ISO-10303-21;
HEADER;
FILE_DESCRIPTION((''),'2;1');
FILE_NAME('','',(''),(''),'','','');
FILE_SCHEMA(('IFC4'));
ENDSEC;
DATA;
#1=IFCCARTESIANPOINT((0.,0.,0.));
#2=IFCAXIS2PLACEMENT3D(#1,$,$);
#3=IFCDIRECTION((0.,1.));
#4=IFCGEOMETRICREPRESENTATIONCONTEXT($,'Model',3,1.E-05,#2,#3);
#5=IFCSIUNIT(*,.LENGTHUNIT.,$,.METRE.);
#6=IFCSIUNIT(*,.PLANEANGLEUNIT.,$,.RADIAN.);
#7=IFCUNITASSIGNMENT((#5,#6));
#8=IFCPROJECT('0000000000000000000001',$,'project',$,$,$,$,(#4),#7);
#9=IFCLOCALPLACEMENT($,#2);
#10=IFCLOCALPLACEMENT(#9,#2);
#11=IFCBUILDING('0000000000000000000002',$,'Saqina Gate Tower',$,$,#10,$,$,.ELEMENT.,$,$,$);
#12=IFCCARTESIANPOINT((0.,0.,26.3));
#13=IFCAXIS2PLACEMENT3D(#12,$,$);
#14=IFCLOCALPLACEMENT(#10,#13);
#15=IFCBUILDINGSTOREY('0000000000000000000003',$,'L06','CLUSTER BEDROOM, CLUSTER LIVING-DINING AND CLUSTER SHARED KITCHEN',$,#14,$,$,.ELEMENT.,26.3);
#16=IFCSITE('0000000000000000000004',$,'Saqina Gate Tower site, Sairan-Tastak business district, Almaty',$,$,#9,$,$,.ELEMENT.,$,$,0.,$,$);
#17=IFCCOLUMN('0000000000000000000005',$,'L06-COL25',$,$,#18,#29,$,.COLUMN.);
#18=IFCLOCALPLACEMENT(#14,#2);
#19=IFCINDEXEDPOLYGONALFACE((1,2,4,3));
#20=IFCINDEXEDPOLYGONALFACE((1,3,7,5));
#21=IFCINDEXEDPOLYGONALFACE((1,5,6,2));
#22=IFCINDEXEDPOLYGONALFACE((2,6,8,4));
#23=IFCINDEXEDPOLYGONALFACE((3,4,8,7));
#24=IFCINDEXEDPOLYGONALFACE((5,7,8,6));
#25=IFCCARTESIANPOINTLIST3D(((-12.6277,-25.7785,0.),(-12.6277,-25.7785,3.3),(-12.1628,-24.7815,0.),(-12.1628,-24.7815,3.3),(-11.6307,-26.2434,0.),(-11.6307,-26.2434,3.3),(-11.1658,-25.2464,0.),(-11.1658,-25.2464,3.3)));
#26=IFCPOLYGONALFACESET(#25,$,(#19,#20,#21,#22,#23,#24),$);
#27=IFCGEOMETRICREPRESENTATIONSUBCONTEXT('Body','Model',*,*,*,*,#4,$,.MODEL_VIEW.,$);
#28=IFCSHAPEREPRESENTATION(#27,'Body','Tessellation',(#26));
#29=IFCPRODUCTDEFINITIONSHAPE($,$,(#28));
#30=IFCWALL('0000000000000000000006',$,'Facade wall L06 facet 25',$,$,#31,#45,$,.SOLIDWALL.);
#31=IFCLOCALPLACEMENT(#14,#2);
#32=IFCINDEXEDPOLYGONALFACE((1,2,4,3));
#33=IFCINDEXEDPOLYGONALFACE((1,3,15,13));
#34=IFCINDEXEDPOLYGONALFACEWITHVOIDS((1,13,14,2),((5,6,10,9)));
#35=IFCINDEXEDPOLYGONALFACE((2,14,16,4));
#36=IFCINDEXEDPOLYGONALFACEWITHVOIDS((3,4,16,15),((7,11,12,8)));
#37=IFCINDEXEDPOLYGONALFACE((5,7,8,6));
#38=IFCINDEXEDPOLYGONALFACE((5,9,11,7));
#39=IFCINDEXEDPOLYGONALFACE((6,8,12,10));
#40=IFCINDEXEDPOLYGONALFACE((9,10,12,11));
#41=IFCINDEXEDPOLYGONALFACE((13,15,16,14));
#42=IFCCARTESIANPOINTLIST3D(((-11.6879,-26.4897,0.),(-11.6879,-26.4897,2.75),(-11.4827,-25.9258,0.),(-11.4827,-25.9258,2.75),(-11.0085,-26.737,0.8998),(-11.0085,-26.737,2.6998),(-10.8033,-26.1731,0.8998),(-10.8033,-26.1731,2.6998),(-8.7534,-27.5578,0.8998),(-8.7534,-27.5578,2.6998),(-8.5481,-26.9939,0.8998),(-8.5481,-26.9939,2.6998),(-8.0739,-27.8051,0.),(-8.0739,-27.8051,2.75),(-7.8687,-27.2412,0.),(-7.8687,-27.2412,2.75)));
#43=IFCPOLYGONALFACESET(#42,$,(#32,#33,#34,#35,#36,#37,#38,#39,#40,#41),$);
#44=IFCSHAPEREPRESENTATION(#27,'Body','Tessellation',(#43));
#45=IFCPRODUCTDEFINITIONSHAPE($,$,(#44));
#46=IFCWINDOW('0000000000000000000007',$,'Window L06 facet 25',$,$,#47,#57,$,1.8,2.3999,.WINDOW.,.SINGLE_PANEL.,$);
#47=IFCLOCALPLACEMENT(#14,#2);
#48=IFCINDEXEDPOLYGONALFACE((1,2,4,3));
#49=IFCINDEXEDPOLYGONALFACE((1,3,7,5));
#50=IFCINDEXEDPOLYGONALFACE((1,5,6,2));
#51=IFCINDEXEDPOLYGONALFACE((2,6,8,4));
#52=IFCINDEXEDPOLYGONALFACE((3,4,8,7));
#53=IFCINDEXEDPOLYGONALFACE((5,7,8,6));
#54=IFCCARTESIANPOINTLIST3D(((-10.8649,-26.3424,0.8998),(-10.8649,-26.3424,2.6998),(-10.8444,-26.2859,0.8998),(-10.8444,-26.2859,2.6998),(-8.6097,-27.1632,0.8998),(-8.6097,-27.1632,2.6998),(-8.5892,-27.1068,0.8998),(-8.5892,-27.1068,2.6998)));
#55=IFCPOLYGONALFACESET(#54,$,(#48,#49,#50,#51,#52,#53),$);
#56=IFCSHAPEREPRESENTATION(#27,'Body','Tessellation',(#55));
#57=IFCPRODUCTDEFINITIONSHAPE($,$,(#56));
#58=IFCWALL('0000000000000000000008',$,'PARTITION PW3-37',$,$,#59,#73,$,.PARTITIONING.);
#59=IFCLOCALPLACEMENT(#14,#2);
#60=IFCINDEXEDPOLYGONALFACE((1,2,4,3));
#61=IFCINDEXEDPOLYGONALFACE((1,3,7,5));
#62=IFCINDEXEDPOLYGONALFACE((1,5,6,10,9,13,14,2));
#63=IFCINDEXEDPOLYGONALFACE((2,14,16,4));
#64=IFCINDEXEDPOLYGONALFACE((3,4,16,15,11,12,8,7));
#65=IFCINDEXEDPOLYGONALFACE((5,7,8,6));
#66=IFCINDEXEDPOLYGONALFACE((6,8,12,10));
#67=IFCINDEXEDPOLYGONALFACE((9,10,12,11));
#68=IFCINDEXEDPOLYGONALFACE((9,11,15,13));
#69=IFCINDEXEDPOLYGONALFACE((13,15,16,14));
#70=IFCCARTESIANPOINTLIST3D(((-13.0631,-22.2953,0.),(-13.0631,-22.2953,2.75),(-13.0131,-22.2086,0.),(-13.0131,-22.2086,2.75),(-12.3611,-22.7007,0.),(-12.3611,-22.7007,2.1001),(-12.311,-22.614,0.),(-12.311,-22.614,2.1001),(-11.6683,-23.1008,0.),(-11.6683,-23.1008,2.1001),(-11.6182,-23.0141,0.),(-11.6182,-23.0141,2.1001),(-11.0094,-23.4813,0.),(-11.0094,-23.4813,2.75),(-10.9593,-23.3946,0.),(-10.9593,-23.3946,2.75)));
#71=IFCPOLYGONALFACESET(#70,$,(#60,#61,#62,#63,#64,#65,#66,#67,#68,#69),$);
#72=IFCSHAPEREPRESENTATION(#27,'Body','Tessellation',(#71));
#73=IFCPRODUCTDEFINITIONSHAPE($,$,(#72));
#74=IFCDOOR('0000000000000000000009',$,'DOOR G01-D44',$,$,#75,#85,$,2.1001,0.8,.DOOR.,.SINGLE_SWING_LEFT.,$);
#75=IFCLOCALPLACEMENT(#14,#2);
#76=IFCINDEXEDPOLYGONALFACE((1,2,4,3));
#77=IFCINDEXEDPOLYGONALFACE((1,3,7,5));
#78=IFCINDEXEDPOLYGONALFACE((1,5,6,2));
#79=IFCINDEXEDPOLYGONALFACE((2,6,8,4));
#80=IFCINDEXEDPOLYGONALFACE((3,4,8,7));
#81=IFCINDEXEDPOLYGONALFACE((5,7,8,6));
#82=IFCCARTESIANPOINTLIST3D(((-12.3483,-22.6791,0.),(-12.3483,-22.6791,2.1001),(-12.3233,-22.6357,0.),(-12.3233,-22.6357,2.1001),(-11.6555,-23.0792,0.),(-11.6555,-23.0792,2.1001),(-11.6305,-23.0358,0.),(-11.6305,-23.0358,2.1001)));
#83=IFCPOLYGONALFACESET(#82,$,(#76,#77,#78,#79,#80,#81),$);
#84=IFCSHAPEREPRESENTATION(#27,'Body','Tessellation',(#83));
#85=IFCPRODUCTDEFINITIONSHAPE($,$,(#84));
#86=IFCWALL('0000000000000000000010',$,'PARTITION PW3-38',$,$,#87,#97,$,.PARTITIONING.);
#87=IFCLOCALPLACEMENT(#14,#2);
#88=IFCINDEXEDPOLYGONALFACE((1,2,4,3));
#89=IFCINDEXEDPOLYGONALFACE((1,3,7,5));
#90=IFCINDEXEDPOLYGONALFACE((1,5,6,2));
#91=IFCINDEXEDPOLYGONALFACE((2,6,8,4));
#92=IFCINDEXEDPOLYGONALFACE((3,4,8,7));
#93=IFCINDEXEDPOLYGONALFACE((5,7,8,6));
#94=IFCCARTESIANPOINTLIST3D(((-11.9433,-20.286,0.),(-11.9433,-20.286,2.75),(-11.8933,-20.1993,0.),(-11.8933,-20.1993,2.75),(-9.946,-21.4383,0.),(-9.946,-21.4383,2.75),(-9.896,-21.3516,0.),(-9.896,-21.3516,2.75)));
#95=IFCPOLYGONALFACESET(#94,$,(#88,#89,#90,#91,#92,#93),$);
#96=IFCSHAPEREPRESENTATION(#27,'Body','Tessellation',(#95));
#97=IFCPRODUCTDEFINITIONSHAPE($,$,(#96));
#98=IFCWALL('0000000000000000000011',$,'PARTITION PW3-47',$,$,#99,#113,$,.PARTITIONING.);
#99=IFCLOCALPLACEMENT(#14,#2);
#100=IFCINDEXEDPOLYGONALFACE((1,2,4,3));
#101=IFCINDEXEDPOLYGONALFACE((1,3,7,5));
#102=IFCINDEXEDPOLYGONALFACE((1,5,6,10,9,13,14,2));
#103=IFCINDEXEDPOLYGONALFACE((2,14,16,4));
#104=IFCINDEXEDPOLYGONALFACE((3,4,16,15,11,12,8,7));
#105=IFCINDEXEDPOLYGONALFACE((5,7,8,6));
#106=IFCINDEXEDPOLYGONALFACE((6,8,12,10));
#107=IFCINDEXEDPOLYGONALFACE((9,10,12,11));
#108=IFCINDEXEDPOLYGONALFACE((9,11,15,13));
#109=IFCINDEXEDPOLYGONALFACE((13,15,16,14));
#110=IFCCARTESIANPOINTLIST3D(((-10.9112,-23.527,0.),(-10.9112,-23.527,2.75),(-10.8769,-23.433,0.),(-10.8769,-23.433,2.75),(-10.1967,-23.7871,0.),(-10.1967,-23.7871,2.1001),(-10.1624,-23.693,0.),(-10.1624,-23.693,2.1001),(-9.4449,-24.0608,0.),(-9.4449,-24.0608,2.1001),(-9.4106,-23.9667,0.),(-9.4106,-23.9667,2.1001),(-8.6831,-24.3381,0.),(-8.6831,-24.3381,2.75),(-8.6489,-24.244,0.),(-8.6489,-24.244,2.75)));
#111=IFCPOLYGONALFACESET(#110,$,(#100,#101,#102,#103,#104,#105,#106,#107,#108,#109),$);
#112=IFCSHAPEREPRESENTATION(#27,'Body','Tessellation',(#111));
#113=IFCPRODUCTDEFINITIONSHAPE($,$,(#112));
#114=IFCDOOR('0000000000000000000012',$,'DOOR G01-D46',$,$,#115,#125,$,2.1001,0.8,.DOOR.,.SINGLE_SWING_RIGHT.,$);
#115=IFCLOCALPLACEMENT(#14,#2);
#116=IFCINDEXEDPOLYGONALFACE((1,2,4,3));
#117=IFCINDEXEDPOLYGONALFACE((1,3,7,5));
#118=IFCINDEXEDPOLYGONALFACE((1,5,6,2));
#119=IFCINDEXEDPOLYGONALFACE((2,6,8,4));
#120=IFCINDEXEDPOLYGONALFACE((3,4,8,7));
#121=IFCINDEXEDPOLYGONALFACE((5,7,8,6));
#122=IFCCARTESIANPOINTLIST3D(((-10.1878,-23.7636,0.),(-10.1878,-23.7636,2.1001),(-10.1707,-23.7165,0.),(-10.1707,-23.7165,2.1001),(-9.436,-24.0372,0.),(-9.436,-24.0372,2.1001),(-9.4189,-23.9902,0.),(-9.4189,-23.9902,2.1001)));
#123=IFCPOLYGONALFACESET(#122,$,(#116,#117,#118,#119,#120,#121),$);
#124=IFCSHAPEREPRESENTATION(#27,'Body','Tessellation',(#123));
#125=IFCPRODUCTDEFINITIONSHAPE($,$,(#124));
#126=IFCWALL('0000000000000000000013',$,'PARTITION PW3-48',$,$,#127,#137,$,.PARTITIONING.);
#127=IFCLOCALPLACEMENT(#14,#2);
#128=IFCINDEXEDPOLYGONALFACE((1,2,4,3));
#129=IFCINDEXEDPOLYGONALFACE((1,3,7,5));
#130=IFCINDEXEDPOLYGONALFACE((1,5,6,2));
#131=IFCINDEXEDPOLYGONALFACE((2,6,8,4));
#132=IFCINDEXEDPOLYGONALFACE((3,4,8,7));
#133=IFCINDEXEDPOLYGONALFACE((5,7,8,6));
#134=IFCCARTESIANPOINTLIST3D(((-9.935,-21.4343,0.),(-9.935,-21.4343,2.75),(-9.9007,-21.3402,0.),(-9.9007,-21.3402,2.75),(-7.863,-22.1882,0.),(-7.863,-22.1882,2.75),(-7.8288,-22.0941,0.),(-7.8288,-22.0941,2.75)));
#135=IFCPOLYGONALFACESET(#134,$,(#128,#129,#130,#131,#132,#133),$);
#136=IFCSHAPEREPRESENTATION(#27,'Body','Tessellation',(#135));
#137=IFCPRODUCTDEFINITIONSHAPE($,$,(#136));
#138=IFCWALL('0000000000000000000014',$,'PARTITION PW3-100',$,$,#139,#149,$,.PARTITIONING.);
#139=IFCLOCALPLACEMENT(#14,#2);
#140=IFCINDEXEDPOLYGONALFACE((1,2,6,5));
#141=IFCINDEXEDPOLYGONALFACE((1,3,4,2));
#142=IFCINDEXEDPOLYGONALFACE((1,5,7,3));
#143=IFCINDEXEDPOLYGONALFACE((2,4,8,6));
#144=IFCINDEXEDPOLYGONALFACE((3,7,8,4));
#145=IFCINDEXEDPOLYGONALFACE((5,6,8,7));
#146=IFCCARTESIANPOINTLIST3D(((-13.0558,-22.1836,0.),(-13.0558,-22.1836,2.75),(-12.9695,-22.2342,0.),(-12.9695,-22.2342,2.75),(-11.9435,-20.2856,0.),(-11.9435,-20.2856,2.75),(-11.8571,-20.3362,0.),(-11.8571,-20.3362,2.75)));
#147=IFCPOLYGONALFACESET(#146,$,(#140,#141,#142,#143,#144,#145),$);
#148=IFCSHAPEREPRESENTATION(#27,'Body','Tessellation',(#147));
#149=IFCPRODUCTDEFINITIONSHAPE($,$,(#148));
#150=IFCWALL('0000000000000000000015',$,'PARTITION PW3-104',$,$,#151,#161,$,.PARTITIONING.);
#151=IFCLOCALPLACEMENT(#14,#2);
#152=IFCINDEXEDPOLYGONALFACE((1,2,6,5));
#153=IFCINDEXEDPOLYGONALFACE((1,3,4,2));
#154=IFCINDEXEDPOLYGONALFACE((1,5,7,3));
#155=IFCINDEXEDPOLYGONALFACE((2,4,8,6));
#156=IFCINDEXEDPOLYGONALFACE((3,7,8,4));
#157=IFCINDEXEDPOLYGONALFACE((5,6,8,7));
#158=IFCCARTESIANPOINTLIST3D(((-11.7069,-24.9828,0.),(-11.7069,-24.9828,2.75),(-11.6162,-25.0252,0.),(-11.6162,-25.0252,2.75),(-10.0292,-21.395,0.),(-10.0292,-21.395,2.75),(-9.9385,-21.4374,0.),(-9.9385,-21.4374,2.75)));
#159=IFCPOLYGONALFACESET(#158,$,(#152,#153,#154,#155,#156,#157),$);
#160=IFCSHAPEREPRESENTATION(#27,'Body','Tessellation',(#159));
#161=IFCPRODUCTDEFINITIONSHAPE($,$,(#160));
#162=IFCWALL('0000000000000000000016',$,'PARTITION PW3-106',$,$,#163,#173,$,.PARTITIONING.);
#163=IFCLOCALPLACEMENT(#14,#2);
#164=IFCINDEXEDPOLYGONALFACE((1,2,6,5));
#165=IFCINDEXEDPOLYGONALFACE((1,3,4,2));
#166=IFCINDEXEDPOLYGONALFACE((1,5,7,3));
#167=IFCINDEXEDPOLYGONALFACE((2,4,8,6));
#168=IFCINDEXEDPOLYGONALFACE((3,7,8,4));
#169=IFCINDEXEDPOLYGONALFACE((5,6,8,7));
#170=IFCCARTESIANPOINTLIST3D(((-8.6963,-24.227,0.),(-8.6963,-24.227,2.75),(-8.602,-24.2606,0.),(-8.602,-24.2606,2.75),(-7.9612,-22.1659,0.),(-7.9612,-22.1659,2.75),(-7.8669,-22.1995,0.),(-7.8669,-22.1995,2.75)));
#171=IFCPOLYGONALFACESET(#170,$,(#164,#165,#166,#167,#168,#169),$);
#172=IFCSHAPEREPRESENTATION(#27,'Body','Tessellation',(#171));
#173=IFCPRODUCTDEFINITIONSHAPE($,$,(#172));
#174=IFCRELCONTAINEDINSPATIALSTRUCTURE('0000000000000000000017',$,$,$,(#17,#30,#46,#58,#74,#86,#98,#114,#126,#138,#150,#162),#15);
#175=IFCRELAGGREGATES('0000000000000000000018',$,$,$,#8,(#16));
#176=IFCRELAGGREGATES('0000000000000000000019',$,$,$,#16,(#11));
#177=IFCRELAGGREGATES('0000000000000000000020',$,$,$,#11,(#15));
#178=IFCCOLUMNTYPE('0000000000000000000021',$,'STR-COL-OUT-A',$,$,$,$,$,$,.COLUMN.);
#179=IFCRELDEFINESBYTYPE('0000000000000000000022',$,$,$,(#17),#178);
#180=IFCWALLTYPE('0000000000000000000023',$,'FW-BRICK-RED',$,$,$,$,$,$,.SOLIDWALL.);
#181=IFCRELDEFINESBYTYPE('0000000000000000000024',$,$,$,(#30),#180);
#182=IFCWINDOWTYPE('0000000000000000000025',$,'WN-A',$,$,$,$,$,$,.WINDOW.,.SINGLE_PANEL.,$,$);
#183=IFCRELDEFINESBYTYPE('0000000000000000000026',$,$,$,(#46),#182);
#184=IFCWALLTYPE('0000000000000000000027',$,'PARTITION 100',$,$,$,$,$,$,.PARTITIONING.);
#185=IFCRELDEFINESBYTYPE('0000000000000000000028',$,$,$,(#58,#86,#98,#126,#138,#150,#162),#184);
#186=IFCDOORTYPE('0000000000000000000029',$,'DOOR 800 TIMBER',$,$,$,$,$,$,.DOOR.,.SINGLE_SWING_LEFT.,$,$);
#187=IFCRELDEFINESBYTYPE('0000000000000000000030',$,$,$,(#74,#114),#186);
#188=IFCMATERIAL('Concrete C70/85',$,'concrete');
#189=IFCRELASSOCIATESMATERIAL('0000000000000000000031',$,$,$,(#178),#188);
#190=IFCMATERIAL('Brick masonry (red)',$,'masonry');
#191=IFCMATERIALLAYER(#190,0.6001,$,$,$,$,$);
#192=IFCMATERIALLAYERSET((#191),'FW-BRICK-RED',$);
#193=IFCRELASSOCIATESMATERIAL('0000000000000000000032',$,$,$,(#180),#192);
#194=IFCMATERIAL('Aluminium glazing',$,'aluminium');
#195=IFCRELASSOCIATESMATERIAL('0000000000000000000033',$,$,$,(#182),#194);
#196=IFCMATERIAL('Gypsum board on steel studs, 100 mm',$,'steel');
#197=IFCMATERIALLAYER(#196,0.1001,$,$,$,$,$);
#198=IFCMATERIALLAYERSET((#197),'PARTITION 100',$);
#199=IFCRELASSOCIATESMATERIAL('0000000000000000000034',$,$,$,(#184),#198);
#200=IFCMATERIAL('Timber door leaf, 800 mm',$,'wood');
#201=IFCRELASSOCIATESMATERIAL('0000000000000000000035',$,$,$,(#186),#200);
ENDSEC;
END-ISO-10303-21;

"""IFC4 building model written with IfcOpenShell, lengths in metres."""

from ifc_helpers import new_model, si_unit, direction, frame, frame_2d, origin, origin_2d, place, context, subcontext, project, spatial, rectangle, extrude, material, layer, layer_set, material_profile, profile_set, type_object, element, fill, save


model = new_model("IFC4")

# Units and contexts
model_context = context("Model", 3, precision=1e-05, world=origin(), true_north=direction((0.0, 1.0)))
body_context = subcontext(model_context, "Body", "Model", "MODEL_VIEW")
ifc_project = project(units=[si_unit("LENGTHUNIT", "METRE"), si_unit("PLANEANGLEUNIT", "RADIAN")], contexts=[model_context])

# Site, building, storey
site_placement = place(None, origin())
site = spatial("IfcSite", under=ifc_project, at=site_placement, Name="Saqina Gate Tower site, Sairan-Tastak business district, Almaty", CompositionType="ELEMENT", RefElevation=0.0)
building_placement = place(site_placement, origin())
building = spatial("IfcBuilding", under=site, at=building_placement, Name="Saqina Gate Tower", CompositionType="ELEMENT")
storey_placement = place(building_placement, frame((0.0, 0.0, 26.3)))
storey = spatial("IfcBuildingStorey", under=building, at=storey_placement, Name="L06", Description="CLUSTER BEDROOM, CLUSTER LIVING-DINING AND CLUSTER SHARED KITCHEN", CompositionType="ELEMENT", Elevation=26.3)

# Column
ifc_material_1 = material(Name="Concrete C70/85", Category="concrete")
ifc_material_profile = material_profile(ifc_material_1, rectangle(XDim=1.1001, YDim=1.1001, at=origin_2d()), Name="RC 1100x1100")
ifc_profile_set = profile_set([ifc_material_profile], Name="Concrete C70/85")
column_type = type_object("IfcColumnType", Name="STR-COL-OUT-A", PredefinedType="COLUMN", material=ifc_profile_set)
column_placement = place(storey_placement, frame((-11.8967, -25.5125, 0.0), z_axis=(0.0, 0.0, 1.0), x_axis=(-0.422618, -0.906308, 0.0)))
element("IfcColumn", 1, at=column_placement, inside=storey, type_object=column_type, Name="L06-COL25", PredefinedType="COLUMN", context=body_context, shape_type="SweptSolid", body=[
    extrude(rectangle(XDim=1.1001, YDim=1.1001, at=origin_2d()), origin(), (0.0, 0.0, 1.0), 3.3),
])

# Wall, opening, window
ifc_material_2 = material(Name="Brick masonry (red)", Category="masonry")
ifc_layer_1 = layer(ifc_material_2, 0.6001)
ifc_layer_set_1 = layer_set([ifc_layer_1], Name="FW-BRICK-RED")
wall_type_1 = type_object("IfcWallType", Name="FW-BRICK-RED", PredefinedType="SOLIDWALL", material=ifc_layer_set_1)
wall_1_placement = place(storey_placement, frame((-11.5852, -26.2078, 0.0), z_axis=(0.0, 0.0, 1.0), x_axis=(0.93969, -0.342028, 0.0)))
wall_1 = element("IfcWall", 2, at=wall_1_placement, inside=storey, type_object=wall_type_1, Name="Facade wall L06 facet 25", PredefinedType="SOLIDWALL", context=body_context, shape_type="SweptSolid", body=[
    extrude(rectangle(XDim=3.8459, YDim=0.6001, at=frame_2d((1.9229, 0.0))), origin(), (0.0, 0.0, 1.0), 2.75),
])
opening_1_placement = place(wall_1_placement, frame((0.7229, 0.0, 0.8999)))
opening_1 = element("IfcOpeningElement", 3, at=opening_1_placement, cuts=wall_1, PredefinedType="OPENING", context=body_context, shape_type="SweptSolid", body=[
    extrude(rectangle(XDim=2.3999, YDim=1.8, at=frame_2d((1.2, 0.8999))), frame((0.0, 0.312, 0.0), z_axis=(0.0, -1.0, 0.0), x_axis=(1.0, 0.0, 0.0)), (0.0, 0.0, 1.0), 0.624),
])
ifc_material_3 = material(Name="Aluminium glazing", Category="aluminium")
window_type = type_object("IfcWindowType", Name="WN-A", PartitioningType="SINGLE_PANEL", PredefinedType="WINDOW", material=ifc_material_3)
window_placement = place(opening_1_placement, origin())
window = element("IfcWindow", 4, at=window_placement, inside=storey, type_object=window_type, Name="Window L06 facet 25", OverallHeight=1.8, OverallWidth=2.3999, PartitioningType="SINGLE_PANEL", PredefinedType="WINDOW", context=body_context, shape_type="SweptSolid", body=[
    extrude(rectangle(XDim=2.3999, YDim=1.8, at=frame_2d((1.2, 0.8999))), frame((0.0, 0.1799, 0.0), z_axis=(0.0, -1.0, 0.0), x_axis=(1.0, 0.0, 0.0)), (0.0, 0.0, 1.0), 0.0601),
])
fill(opening_1, window)

# Wall, opening, door
ifc_material_4 = material(Name="Gypsum board on steel studs, 100 mm", Category="steel")
ifc_layer_2 = layer(ifc_material_4, 0.1001)
ifc_layer_set_2 = layer_set([ifc_layer_2], Name="PARTITION 100")
wall_type_2 = type_object("IfcWallType", Name="PARTITION 100", PredefinedType="PARTITIONING", material=ifc_layer_set_2)
wall_2_placement = place(storey_placement, frame((-13.0381, -22.252, 0.0), z_axis=(0.0, 0.0, 1.0), x_axis=(0.865966, -0.500103, 0.0)))
wall_2 = element("IfcWall", 5, at=wall_2_placement, inside=storey, type_object=wall_type_2, Name="PARTITION PW3-37", PredefinedType="PARTITIONING", context=body_context, shape_type="SweptSolid", body=[
    extrude(rectangle(XDim=2.3716, YDim=0.1001, at=frame_2d((1.1858, 0.0))), origin(), (0.0, 0.0, 1.0), 2.75),
])
opening_2_placement = place(wall_2_placement, frame((0.8108, 0.0, 0.0)))
opening_2 = element("IfcOpeningElement", 6, at=opening_2_placement, cuts=wall_2, PredefinedType="OPENING", context=body_context, shape_type="SweptSolid", body=[
    extrude(rectangle(XDim=0.8, YDim=2.1001, at=frame_2d((0.3999, 1.05))), frame((0.0, 0.062, 0.0), z_axis=(0.0, -1.0, 0.0), x_axis=(1.0, 0.0, 0.0)), (0.0, 0.0, 1.0), 0.124),
])
ifc_material_5 = material(Name="Timber door leaf, 800 mm", Category="wood")
door_type_1 = type_object("IfcDoorType", Name="DOOR 800 TIMBER", OperationType="SINGLE_SWING_LEFT", PredefinedType="DOOR", material=ifc_material_5)
door_1_placement = place(opening_2_placement, frame((0.8, 0.0, 0.0), z_axis=(0.0, 0.0, 1.0), x_axis=(-1.0, 0.0, 0.0)))
door_1 = element("IfcDoor", 7, at=door_1_placement, inside=storey, type_object=door_type_1, Name="DOOR G01-D44", OperationType="SINGLE_SWING_LEFT", OverallHeight=2.1001, OverallWidth=0.8, PredefinedType="DOOR", context=body_context, shape_type="SweptSolid", body=[
    extrude(rectangle(XDim=0.8, YDim=2.1001, at=frame_2d((0.3999, 1.05))), frame((0.0, 0.0249, 0.0), z_axis=(0.0, -1.0, 0.0), x_axis=(1.0, 0.0, 0.0)), (0.0, 0.0, 1.0), 0.05),
])
fill(opening_2, door_1)

# Wall
wall_3_placement = place(storey_placement, frame((-11.9182, -20.2427, 0.0), z_axis=(0.0, 0.0, 1.0), x_axis=(0.866177, -0.499738, 0.0)))
element("IfcWall", 8, at=wall_3_placement, inside=storey, type_object=wall_type_2, Name="PARTITION PW3-38", PredefinedType="PARTITIONING", context=body_context, shape_type="SweptSolid", body=[
    extrude(rectangle(XDim=2.3059, YDim=0.1001, at=frame_2d((1.1528, 0.0))), origin(), (0.0, 0.0, 1.0), 2.75),
])

# Wall, opening, door
wall_4_placement = place(storey_placement, frame((-10.894, -23.48, 0.0), z_axis=(0.0, 0.0, 1.0), x_axis=(0.939679, -0.342057, 0.0)))
wall_4 = element("IfcWall", 9, at=wall_4_placement, inside=storey, type_object=wall_type_2, Name="PARTITION PW3-47", PredefinedType="PARTITIONING", context=body_context, shape_type="SweptSolid", body=[
    extrude(rectangle(XDim=2.3711, YDim=0.1001, at=frame_2d((1.1855, 0.0))), origin(), (0.0, 0.0, 1.0), 2.75),
])
opening_3_placement = place(wall_4_placement, frame((0.7605, 0.0, 0.0)))
opening_3 = element("IfcOpeningElement", 10, at=opening_3_placement, cuts=wall_4, PredefinedType="OPENING", context=body_context, shape_type="SweptSolid", body=[
    extrude(rectangle(XDim=0.8, YDim=2.1001, at=frame_2d((0.3999, 1.05))), frame((0.0, 0.062, 0.0), z_axis=(0.0, -1.0, 0.0), x_axis=(1.0, 0.0, 0.0)), (0.0, 0.0, 1.0), 0.124),
])
door_2_placement = place(opening_3_placement, frame((0.8, 0.0, 0.0), z_axis=(0.0, 0.0, 1.0), x_axis=(-1.0, 0.0, 0.0)))
door_2 = element("IfcDoor", 11, at=door_2_placement, inside=storey, type_object=door_type_1, Name="DOOR G01-D46", OperationType="SINGLE_SWING_RIGHT", OverallHeight=2.1001, OverallWidth=0.8, PredefinedType="DOOR", context=body_context, shape_type="SweptSolid", body=[
    extrude(rectangle(XDim=0.8, YDim=2.1001, at=frame_2d((0.3999, 1.05))), frame((0.0, 0.0249, 0.0), z_axis=(0.0, -1.0, 0.0), x_axis=(1.0, 0.0, 0.0)), (0.0, 0.0, 1.0), 0.05),
])
fill(opening_3, door_2)

# Walls
wall_5_placement = place(storey_placement, frame((-9.918, -21.3872, 0.0), z_axis=(0.0, 0.0, 1.0), x_axis=(0.939729, -0.341921, 0.0)))
element("IfcWall", 12, at=wall_5_placement, inside=storey, type_object=wall_type_2, Name="PARTITION PW3-48", PredefinedType="PARTITIONING", context=body_context, shape_type="SweptSolid", body=[
    extrude(rectangle(XDim=2.2048, YDim=0.1001, at=frame_2d((1.1025, 0.0))), origin(), (0.0, 0.0, 1.0), 2.75),
])
wall_6_placement = place(storey_placement, frame((-13.0127, -22.209, 0.0), z_axis=(0.0, 0.0, 1.0), x_axis=(0.505623, 0.862755, 0.0)))
element("IfcWall", 13, at=wall_6_placement, inside=storey, type_object=wall_type_2, Name="PARTITION PW3-100", PredefinedType="PARTITIONING", context=body_context, shape_type="SweptSolid", body=[
    extrude(rectangle(XDim=2.2, YDim=0.1001, at=frame_2d((1.1001, 0.0))), origin(), (0.0, 0.0, 1.0), 2.75),
])
wall_7_placement = place(storey_placement, frame((-11.6616, -25.0042, 0.0), z_axis=(0.0, 0.0, 1.0), x_axis=(0.423587, 0.905855, 0.0)))
element("IfcWall", 14, at=wall_7_placement, inside=storey, type_object=wall_type_2, Name="PARTITION PW3-104", PredefinedType="PARTITIONING", context=body_context, shape_type="SweptSolid", body=[
    extrude(rectangle(XDim=3.9607, YDim=0.1001, at=frame_2d((1.9805, 0.0))), origin(), (0.0, 0.0, 1.0), 2.75),
])
wall_8_placement = place(storey_placement, frame((-8.6492, -24.2439, 0.0), z_axis=(0.0, 0.0, 1.0), x_axis=(0.335941, 0.941883, 0.0)))
element("IfcWall", 15, at=wall_8_placement, inside=storey, type_object=wall_type_2, Name="PARTITION PW3-106", PredefinedType="PARTITIONING", context=body_context, shape_type="SweptSolid", body=[
    extrude(rectangle(XDim=2.1882, YDim=0.1001, at=frame_2d((1.0942, 0.0))), origin(), (0.0, 0.0, 1.0), 2.75),
])

save(model, "model.ifc")
